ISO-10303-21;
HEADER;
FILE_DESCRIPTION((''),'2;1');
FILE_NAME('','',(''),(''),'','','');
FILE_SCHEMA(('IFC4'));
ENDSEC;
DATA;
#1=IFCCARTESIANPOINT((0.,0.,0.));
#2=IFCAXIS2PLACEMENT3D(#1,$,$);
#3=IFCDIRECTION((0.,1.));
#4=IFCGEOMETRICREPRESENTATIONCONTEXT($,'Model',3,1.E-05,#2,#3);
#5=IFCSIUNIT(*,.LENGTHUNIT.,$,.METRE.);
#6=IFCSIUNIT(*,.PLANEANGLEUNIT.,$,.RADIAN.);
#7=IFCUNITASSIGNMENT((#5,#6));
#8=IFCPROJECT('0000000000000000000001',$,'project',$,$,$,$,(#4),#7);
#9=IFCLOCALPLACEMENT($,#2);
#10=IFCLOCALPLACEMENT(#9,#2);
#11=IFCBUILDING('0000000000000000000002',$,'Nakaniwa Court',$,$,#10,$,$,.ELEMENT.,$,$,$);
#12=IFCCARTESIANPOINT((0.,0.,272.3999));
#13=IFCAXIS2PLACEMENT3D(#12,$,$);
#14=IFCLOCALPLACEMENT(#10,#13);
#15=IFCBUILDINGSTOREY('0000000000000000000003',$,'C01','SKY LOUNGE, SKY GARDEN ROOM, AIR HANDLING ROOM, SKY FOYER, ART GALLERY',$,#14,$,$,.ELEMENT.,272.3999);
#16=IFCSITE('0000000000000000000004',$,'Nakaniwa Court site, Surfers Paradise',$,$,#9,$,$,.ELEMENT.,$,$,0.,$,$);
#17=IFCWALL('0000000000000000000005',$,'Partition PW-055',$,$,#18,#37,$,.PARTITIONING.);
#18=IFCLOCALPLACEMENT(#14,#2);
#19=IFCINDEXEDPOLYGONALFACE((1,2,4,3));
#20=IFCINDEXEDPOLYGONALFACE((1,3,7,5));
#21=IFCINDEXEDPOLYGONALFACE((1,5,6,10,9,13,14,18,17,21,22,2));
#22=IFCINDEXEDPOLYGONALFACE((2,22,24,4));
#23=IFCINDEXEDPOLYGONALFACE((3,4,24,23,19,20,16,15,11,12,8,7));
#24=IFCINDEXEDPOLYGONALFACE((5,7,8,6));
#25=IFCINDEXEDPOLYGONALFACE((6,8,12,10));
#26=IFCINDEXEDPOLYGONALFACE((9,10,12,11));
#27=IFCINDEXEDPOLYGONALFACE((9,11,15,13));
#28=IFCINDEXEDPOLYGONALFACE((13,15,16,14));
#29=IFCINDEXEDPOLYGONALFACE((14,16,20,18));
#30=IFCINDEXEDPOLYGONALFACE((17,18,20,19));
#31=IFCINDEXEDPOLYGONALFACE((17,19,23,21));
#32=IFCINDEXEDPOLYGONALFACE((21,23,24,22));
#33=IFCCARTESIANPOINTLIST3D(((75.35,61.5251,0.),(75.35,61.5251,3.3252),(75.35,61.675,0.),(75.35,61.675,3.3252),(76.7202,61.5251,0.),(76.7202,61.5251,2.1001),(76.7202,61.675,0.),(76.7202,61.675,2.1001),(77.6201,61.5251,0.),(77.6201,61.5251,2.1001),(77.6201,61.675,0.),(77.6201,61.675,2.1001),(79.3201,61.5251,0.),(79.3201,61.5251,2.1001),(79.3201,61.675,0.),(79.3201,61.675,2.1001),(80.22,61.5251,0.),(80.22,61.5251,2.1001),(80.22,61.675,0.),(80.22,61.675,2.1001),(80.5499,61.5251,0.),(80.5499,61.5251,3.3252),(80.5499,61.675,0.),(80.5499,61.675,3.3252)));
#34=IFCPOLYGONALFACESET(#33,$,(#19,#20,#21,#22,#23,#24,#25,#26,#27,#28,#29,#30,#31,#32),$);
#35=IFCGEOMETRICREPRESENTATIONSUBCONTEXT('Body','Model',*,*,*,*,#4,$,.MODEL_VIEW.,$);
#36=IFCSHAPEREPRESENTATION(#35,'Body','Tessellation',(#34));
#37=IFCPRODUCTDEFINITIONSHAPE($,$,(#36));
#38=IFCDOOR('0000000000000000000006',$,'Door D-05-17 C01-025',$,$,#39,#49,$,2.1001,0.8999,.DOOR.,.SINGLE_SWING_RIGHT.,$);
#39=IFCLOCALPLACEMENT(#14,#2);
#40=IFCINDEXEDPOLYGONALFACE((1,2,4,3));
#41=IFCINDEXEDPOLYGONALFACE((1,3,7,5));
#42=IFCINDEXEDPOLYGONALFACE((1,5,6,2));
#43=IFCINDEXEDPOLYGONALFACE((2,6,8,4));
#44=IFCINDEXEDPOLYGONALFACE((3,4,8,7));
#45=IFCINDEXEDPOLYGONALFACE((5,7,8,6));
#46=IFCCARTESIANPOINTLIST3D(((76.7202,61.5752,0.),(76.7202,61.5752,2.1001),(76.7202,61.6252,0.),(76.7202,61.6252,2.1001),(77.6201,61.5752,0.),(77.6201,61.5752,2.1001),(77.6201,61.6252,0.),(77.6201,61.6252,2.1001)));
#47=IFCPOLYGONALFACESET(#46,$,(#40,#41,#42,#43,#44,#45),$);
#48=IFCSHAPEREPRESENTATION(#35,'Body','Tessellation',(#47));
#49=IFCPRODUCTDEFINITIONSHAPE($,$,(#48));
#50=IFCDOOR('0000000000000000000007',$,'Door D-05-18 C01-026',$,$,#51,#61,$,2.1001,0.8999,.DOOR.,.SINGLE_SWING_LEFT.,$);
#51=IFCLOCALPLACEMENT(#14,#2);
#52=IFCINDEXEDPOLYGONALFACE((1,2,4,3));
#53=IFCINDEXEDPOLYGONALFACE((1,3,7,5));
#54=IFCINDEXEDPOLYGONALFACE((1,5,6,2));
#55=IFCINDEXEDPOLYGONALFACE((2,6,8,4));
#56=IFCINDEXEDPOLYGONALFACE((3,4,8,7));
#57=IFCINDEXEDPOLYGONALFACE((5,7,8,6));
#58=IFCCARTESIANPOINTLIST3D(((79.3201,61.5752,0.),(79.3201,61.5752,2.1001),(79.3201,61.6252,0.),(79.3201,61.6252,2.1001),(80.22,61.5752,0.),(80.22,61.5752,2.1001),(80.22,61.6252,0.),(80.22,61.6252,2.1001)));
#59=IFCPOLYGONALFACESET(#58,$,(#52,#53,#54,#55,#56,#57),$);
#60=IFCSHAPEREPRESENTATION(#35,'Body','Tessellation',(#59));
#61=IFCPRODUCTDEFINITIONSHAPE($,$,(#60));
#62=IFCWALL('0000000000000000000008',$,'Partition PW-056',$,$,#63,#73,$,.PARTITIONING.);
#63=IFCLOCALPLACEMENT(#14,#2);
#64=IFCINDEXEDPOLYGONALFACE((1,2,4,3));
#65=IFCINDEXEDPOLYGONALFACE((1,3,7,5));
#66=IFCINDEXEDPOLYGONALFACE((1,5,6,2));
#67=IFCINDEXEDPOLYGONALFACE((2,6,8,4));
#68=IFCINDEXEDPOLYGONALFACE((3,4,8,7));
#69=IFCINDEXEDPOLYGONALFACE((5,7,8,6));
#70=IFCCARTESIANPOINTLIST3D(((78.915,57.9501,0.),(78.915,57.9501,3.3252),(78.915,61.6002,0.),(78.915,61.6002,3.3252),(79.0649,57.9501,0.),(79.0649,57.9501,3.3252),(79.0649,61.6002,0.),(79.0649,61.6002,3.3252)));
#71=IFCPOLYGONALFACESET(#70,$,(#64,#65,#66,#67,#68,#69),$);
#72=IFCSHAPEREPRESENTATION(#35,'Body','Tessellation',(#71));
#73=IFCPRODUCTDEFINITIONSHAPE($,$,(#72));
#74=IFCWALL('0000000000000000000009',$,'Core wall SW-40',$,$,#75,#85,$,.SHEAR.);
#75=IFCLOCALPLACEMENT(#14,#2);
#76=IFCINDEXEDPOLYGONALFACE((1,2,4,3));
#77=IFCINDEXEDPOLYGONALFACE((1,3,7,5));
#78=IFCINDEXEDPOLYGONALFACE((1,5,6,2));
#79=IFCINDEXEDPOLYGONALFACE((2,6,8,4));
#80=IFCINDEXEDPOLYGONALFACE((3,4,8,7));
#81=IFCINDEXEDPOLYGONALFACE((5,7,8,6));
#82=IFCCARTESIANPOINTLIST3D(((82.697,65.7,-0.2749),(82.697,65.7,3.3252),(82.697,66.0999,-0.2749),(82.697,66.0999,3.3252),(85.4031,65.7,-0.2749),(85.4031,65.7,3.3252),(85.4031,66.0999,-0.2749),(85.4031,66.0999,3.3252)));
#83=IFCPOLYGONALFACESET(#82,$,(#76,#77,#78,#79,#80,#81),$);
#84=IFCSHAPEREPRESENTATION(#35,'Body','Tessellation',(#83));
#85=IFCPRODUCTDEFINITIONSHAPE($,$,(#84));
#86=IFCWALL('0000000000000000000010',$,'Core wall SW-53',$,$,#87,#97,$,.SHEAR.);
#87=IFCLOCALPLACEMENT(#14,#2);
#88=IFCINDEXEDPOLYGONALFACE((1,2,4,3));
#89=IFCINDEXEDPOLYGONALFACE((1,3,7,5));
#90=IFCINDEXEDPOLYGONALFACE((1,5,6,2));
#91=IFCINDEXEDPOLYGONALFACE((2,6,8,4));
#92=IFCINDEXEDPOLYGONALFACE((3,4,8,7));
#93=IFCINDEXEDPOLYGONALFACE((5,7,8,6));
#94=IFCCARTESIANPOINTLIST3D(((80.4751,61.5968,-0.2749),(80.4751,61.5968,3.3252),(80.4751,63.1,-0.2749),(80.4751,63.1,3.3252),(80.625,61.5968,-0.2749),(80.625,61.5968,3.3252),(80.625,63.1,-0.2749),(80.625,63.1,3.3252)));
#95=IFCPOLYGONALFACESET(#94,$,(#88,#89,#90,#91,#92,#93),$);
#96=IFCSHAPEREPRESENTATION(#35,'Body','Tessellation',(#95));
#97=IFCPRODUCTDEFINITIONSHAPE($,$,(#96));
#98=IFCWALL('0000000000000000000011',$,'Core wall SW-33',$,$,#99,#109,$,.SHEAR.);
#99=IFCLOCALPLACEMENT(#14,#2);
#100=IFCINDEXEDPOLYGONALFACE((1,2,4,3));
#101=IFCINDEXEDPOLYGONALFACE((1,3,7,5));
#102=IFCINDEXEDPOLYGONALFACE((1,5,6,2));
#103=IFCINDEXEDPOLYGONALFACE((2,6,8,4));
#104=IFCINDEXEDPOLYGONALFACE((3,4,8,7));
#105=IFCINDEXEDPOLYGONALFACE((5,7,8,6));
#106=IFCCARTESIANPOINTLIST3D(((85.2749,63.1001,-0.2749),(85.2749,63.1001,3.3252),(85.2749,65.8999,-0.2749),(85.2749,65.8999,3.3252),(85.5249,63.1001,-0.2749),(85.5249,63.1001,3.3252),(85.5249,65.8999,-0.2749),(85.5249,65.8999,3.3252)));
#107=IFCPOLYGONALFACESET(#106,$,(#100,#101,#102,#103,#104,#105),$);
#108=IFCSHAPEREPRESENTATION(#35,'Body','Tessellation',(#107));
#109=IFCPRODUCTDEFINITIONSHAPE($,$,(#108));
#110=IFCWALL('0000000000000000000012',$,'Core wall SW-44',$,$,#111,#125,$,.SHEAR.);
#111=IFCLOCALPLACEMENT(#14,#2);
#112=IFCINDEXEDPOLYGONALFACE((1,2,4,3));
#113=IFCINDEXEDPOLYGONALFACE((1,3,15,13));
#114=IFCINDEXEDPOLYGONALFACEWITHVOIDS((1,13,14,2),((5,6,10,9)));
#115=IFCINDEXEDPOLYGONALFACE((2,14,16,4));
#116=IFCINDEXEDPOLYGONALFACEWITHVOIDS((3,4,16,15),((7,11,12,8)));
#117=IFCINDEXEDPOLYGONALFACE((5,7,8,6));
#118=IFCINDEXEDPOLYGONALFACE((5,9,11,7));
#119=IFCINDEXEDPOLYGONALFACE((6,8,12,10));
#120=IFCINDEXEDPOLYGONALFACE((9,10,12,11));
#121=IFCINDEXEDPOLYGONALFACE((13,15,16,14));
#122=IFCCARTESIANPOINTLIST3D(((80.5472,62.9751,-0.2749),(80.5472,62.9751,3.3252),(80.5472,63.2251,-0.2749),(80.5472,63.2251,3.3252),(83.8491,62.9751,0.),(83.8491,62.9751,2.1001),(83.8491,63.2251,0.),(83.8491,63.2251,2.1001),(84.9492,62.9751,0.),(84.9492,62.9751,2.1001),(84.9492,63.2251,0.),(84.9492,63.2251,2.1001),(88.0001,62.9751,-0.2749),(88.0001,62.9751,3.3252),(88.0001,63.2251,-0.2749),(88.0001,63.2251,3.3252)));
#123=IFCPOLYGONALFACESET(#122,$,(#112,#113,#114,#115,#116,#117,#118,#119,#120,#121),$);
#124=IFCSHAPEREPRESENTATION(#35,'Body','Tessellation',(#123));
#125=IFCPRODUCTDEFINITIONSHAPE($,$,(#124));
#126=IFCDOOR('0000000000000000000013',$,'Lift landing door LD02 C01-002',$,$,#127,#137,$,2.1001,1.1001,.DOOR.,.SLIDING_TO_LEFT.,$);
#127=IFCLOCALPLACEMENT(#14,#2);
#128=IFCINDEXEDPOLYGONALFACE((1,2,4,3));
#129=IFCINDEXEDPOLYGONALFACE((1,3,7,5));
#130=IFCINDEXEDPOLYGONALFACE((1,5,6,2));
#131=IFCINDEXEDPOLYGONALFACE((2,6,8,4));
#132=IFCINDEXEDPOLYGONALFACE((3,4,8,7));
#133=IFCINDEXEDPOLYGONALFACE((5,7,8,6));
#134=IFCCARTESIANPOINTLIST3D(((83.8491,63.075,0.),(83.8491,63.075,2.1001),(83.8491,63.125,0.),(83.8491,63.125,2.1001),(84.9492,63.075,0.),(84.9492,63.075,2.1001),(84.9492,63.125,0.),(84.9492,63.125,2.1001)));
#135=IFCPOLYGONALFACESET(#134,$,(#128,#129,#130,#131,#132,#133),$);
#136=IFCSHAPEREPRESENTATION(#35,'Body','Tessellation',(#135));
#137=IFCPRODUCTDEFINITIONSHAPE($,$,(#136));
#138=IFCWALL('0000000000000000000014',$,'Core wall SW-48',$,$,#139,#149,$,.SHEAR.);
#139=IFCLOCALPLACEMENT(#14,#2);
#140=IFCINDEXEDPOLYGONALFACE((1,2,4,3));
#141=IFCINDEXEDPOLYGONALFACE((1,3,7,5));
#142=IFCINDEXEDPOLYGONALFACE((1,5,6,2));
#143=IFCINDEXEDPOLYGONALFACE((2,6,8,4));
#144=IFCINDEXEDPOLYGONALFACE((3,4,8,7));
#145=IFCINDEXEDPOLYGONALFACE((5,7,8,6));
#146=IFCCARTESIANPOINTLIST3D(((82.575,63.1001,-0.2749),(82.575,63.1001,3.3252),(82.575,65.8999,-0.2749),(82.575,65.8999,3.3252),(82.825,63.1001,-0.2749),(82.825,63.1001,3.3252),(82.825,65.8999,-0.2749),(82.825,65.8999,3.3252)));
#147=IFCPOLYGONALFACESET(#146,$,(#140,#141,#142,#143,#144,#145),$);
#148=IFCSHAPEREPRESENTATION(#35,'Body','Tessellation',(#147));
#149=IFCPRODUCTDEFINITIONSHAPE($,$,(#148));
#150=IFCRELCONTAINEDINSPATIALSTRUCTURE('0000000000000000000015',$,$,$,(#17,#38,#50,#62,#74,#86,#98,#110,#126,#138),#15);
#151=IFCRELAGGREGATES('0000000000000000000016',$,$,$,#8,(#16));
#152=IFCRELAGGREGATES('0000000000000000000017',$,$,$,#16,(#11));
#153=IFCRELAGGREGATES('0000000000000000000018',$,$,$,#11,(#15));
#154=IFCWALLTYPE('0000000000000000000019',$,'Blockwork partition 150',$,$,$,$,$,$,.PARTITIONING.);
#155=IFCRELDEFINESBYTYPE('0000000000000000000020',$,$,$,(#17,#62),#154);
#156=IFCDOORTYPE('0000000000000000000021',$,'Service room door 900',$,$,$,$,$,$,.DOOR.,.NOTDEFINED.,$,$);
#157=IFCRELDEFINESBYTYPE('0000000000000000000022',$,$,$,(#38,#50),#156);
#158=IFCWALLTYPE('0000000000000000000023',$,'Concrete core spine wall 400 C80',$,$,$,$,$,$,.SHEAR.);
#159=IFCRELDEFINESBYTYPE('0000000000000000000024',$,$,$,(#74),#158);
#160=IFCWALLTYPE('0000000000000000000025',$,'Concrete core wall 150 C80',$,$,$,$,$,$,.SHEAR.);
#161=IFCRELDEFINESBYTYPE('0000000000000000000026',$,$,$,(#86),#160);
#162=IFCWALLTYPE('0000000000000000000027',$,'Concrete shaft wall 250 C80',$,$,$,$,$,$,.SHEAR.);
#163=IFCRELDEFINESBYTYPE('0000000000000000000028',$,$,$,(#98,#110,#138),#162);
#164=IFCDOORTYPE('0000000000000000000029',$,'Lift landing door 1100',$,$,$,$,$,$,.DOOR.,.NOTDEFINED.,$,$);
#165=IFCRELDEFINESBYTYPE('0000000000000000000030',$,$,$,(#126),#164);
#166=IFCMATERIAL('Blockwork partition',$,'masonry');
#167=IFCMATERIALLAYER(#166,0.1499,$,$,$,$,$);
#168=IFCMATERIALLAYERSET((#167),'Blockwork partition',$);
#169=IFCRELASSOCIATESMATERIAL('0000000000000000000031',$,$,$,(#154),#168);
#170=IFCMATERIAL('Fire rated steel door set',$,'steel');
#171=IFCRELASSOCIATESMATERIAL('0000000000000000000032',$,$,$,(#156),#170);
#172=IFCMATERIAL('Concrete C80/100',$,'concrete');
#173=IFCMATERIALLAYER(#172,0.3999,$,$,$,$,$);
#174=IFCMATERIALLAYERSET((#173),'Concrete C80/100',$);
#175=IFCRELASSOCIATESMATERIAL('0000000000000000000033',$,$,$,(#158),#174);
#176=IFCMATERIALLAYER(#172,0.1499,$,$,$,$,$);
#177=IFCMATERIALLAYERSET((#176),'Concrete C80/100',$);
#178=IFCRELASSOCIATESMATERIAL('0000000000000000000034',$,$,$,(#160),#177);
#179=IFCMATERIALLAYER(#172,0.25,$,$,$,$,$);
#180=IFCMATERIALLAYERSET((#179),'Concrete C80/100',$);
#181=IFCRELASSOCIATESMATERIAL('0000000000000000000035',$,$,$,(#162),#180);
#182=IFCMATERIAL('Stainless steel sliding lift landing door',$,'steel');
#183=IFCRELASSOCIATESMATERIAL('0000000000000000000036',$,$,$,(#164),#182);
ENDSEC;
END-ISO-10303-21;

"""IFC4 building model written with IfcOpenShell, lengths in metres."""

from ifc_helpers import new_model, si_unit, direction, frame, frame_2d, origin, place, context, subcontext, project, spatial, rectangle, extrude, material, layer, layer_set, type_object, element, fill, save


model = new_model("IFC4")

# Units and contexts
model_context = context("Model", 3, precision=1e-05, world=origin(), true_north=direction((0.0, 1.0)))
body_context = subcontext(model_context, "Body", "Model", "MODEL_VIEW")
ifc_project = project(units=[si_unit("LENGTHUNIT", "METRE"), si_unit("PLANEANGLEUNIT", "RADIAN")], contexts=[model_context])

# Site, building, storey
site_placement = place(None, origin())
site = spatial("IfcSite", under=ifc_project, at=site_placement, Name="Nakaniwa Court site, Surfers Paradise", CompositionType="ELEMENT", RefElevation=0.0)
building_placement = place(site_placement, origin())
building = spatial("IfcBuilding", under=site, at=building_placement, Name="Nakaniwa Court", CompositionType="ELEMENT")
storey_placement = place(building_placement, frame((0.0, 0.0, 272.3999)))
storey = spatial("IfcBuildingStorey", under=building, at=storey_placement, Name="C01", Description="SKY LOUNGE, SKY GARDEN ROOM, AIR HANDLING ROOM, SKY FOYER, ART GALLERY", CompositionType="ELEMENT", Elevation=272.3999)

# Shared definitions
ifc_material_1 = material(Name="Concrete C80/100", Category="concrete")

# Shared definitions
ifc_material_2 = material(Name="Blockwork partition", Category="masonry")
ifc_layer_1 = layer(ifc_material_2, 0.1499)
ifc_layer_set_1 = layer_set([ifc_layer_1], Name="Blockwork partition")
wall_type_1 = type_object("IfcWallType", Name="Blockwork partition 150", PredefinedType="PARTITIONING", material=ifc_layer_set_1)

# Shared definitions
ifc_material_3 = material(Name="Fire rated steel door set", Category="steel")

# Wall, openings, doors
wall_1_placement = place(storey_placement, frame((80.55, 61.6001, 0.0), z_axis=(0.0, 0.0, 1.0), x_axis=(-1.0, 0.0, 0.0)))
wall_1 = element("IfcWall", 1, at=wall_1_placement, inside=storey, type_object=wall_type_1, Name="Partition PW-055", PredefinedType="PARTITIONING", context=body_context, shape_type="SweptSolid", body=[
    extrude(rectangle(XDim=5.2, YDim=0.1499, at=frame_2d((2.6001, 0.0))), origin(), (0.0, 0.0, 1.0), 3.3252),
])
opening_1_placement = place(wall_1_placement, frame((2.9299, 0.0, 0.0)))
opening_1 = element("IfcOpeningElement", 2, at=opening_1_placement, cuts=wall_1, PredefinedType="OPENING", context=body_context, shape_type="SweptSolid", body=[
    extrude(rectangle(XDim=0.8999, YDim=2.1001, at=frame_2d((0.45, 1.05))), frame((0.0, 0.085, 0.0), z_axis=(0.0, -1.0, 0.0), x_axis=(1.0, 0.0, 0.0)), (0.0, 0.0, 1.0), 0.1699),
])
opening_2_placement = place(wall_1_placement, frame((0.3301, 0.0, 0.0)))
opening_2 = element("IfcOpeningElement", 3, at=opening_2_placement, cuts=wall_1, PredefinedType="OPENING", context=body_context, shape_type="SweptSolid", body=[
    extrude(rectangle(XDim=0.8999, YDim=2.1001, at=frame_2d((0.45, 1.05))), frame((0.0, 0.085, 0.0), z_axis=(0.0, -1.0, 0.0), x_axis=(1.0, 0.0, 0.0)), (0.0, 0.0, 1.0), 0.1699),
])
door_type_1 = type_object("IfcDoorType", Name="Service room door 900", OperationType="NOTDEFINED", PredefinedType="DOOR", material=ifc_material_3)
door_1_placement = place(opening_1_placement, origin())
door_1 = element("IfcDoor", 4, at=door_1_placement, inside=storey, type_object=door_type_1, Name="Door D-05-17 C01-025", OperationType="SINGLE_SWING_RIGHT", OverallHeight=2.1001, OverallWidth=0.8999, PredefinedType="DOOR", context=body_context, shape_type="SweptSolid", body=[
    extrude(rectangle(XDim=0.8999, YDim=2.1001, at=frame_2d((0.45, 1.05))), frame((0.0, 0.0249, 0.0), z_axis=(0.0, -1.0, 0.0), x_axis=(1.0, 0.0, 0.0)), (0.0, 0.0, 1.0), 0.05),
])
fill(opening_1, door_1)
door_2_placement = place(opening_2_placement, origin())
door_2 = element("IfcDoor", 5, at=door_2_placement, inside=storey, type_object=door_type_1, Name="Door D-05-18 C01-026", OperationType="SINGLE_SWING_LEFT", OverallHeight=2.1001, OverallWidth=0.8999, PredefinedType="DOOR", context=body_context, shape_type="SweptSolid", body=[
    extrude(rectangle(XDim=0.8999, YDim=2.1001, at=frame_2d((0.45, 1.05))), frame((0.0, 0.0249, 0.0), z_axis=(0.0, -1.0, 0.0), x_axis=(1.0, 0.0, 0.0)), (0.0, 0.0, 1.0), 0.05),
])
fill(opening_2, door_2)

# Walls
wall_2_placement = place(storey_placement, frame((78.99, 57.95, 0.0), z_axis=(0.0, 0.0, 1.0), x_axis=(0.0, 1.0, 0.0)))
element("IfcWall", 6, at=wall_2_placement, inside=storey, type_object=wall_type_1, Name="Partition PW-056", PredefinedType="PARTITIONING", context=body_context, shape_type="SweptSolid", body=[
    extrude(rectangle(XDim=3.6501, YDim=0.1499, at=frame_2d((1.8252, 0.0))), origin(), (0.0, 0.0, 1.0), 3.3252),
])
ifc_layer_2 = layer(ifc_material_1, 0.3999)
ifc_layer_set_2 = layer_set([ifc_layer_2], Name="Concrete C80/100")
wall_type_2 = type_object("IfcWallType", Name="Concrete core spine wall 400 C80", PredefinedType="SHEAR", material=ifc_layer_set_2)
wall_3_placement = place(storey_placement, frame((82.697, 65.8999, -0.2749), z_axis=(0.0, 0.0, 1.0), x_axis=(1.0, 0.0, 0.0)))
element("IfcWall", 7, at=wall_3_placement, inside=storey, type_object=wall_type_2, Name="Core wall SW-40", PredefinedType="SHEAR", context=body_context, shape_type="SweptSolid", body=[
    extrude(rectangle(XDim=2.7061, YDim=0.3999, at=frame_2d((1.353, 0.0))), origin(), (0.0, 0.0, 1.0), 3.6001),
])
ifc_layer_3 = layer(ifc_material_1, 0.1499)
ifc_layer_set_3 = layer_set([ifc_layer_3], Name="Concrete C80/100")
wall_type_3 = type_object("IfcWallType", Name="Concrete core wall 150 C80", PredefinedType="SHEAR", material=ifc_layer_set_3)
wall_4_placement = place(storey_placement, frame((80.55, 61.5969, -0.2749), z_axis=(0.0, 0.0, 1.0), x_axis=(0.0, 1.0, 0.0)))
element("IfcWall", 8, at=wall_4_placement, inside=storey, type_object=wall_type_3, Name="Core wall SW-53", PredefinedType="SHEAR", context=body_context, shape_type="SweptSolid", body=[
    extrude(rectangle(XDim=1.5032, YDim=0.1499, at=frame_2d((0.7515, 0.0))), origin(), (0.0, 0.0, 1.0), 3.6001),
])
ifc_layer_4 = layer(ifc_material_1, 0.25)
ifc_layer_set_4 = layer_set([ifc_layer_4], Name="Concrete C80/100")
wall_type_4 = type_object("IfcWallType", Name="Concrete shaft wall 250 C80", PredefinedType="SHEAR", material=ifc_layer_set_4)
wall_5_placement = place(storey_placement, frame((85.3999, 63.1001, -0.2749), z_axis=(0.0, 0.0, 1.0), x_axis=(0.0, 1.0, 0.0)))
element("IfcWall", 9, at=wall_5_placement, inside=storey, type_object=wall_type_4, Name="Core wall SW-33", PredefinedType="SHEAR", context=body_context, shape_type="SweptSolid", body=[
    extrude(rectangle(XDim=2.7998, YDim=0.25, at=frame_2d((1.3999, 0.0))), origin(), (0.0, 0.0, 1.0), 3.6001),
])

# Wall, opening, door
wall_6_placement = place(storey_placement, frame((80.5471, 63.1001, -0.2749), z_axis=(0.0, 0.0, 1.0), x_axis=(1.0, 0.0, 0.0)))
wall_6 = element("IfcWall", 10, at=wall_6_placement, inside=storey, type_object=wall_type_4, Name="Core wall SW-44", PredefinedType="SHEAR", context=body_context, shape_type="SweptSolid", body=[
    extrude(rectangle(XDim=7.4529, YDim=0.25, at=frame_2d((3.7266, 0.0))), origin(), (0.0, 0.0, 1.0), 3.6001),
])
opening_3_placement = place(wall_6_placement, frame((3.302, 0.0, 0.2749)))
opening_3 = element("IfcOpeningElement", 11, at=opening_3_placement, cuts=wall_6, PredefinedType="OPENING", context=body_context, shape_type="SweptSolid", body=[
    extrude(rectangle(XDim=1.1001, YDim=2.1001, at=frame_2d((0.55, 1.05))), frame((0.0, 0.135, 0.0), z_axis=(0.0, -1.0, 0.0), x_axis=(1.0, 0.0, 0.0)), (0.0, 0.0, 1.0), 0.27),
])
ifc_material_4 = material(Name="Stainless steel sliding lift landing door", Category="steel")
door_type_2 = type_object("IfcDoorType", Name="Lift landing door 1100", OperationType="NOTDEFINED", PredefinedType="DOOR", material=ifc_material_4)
door_3_placement = place(opening_3_placement, origin())
door_3 = element("IfcDoor", 12, at=door_3_placement, inside=storey, type_object=door_type_2, Name="Lift landing door LD02 C01-002", OperationType="SLIDING_TO_LEFT", OverallHeight=2.1001, OverallWidth=1.1001, PredefinedType="DOOR", context=body_context, shape_type="SweptSolid", body=[
    extrude(rectangle(XDim=1.1001, YDim=2.1001, at=frame_2d((0.55, 1.05))), frame((0.0, 0.0249, 0.0), z_axis=(0.0, -1.0, 0.0), x_axis=(1.0, 0.0, 0.0)), (0.0, 0.0, 1.0), 0.05),
])
fill(opening_3, door_3)

# Wall
wall_7_placement = place(storey_placement, frame((82.7, 63.1001, -0.2749), z_axis=(0.0, 0.0, 1.0), x_axis=(0.0, 1.0, 0.0)))
element("IfcWall", 13, at=wall_7_placement, inside=storey, type_object=wall_type_4, Name="Core wall SW-48", PredefinedType="SHEAR", context=body_context, shape_type="SweptSolid", body=[
    extrude(rectangle(XDim=2.7998, YDim=0.25, at=frame_2d((1.3999, 0.0))), origin(), (0.0, 0.0, 1.0), 3.6001),
])

save(model, "model.ifc")
